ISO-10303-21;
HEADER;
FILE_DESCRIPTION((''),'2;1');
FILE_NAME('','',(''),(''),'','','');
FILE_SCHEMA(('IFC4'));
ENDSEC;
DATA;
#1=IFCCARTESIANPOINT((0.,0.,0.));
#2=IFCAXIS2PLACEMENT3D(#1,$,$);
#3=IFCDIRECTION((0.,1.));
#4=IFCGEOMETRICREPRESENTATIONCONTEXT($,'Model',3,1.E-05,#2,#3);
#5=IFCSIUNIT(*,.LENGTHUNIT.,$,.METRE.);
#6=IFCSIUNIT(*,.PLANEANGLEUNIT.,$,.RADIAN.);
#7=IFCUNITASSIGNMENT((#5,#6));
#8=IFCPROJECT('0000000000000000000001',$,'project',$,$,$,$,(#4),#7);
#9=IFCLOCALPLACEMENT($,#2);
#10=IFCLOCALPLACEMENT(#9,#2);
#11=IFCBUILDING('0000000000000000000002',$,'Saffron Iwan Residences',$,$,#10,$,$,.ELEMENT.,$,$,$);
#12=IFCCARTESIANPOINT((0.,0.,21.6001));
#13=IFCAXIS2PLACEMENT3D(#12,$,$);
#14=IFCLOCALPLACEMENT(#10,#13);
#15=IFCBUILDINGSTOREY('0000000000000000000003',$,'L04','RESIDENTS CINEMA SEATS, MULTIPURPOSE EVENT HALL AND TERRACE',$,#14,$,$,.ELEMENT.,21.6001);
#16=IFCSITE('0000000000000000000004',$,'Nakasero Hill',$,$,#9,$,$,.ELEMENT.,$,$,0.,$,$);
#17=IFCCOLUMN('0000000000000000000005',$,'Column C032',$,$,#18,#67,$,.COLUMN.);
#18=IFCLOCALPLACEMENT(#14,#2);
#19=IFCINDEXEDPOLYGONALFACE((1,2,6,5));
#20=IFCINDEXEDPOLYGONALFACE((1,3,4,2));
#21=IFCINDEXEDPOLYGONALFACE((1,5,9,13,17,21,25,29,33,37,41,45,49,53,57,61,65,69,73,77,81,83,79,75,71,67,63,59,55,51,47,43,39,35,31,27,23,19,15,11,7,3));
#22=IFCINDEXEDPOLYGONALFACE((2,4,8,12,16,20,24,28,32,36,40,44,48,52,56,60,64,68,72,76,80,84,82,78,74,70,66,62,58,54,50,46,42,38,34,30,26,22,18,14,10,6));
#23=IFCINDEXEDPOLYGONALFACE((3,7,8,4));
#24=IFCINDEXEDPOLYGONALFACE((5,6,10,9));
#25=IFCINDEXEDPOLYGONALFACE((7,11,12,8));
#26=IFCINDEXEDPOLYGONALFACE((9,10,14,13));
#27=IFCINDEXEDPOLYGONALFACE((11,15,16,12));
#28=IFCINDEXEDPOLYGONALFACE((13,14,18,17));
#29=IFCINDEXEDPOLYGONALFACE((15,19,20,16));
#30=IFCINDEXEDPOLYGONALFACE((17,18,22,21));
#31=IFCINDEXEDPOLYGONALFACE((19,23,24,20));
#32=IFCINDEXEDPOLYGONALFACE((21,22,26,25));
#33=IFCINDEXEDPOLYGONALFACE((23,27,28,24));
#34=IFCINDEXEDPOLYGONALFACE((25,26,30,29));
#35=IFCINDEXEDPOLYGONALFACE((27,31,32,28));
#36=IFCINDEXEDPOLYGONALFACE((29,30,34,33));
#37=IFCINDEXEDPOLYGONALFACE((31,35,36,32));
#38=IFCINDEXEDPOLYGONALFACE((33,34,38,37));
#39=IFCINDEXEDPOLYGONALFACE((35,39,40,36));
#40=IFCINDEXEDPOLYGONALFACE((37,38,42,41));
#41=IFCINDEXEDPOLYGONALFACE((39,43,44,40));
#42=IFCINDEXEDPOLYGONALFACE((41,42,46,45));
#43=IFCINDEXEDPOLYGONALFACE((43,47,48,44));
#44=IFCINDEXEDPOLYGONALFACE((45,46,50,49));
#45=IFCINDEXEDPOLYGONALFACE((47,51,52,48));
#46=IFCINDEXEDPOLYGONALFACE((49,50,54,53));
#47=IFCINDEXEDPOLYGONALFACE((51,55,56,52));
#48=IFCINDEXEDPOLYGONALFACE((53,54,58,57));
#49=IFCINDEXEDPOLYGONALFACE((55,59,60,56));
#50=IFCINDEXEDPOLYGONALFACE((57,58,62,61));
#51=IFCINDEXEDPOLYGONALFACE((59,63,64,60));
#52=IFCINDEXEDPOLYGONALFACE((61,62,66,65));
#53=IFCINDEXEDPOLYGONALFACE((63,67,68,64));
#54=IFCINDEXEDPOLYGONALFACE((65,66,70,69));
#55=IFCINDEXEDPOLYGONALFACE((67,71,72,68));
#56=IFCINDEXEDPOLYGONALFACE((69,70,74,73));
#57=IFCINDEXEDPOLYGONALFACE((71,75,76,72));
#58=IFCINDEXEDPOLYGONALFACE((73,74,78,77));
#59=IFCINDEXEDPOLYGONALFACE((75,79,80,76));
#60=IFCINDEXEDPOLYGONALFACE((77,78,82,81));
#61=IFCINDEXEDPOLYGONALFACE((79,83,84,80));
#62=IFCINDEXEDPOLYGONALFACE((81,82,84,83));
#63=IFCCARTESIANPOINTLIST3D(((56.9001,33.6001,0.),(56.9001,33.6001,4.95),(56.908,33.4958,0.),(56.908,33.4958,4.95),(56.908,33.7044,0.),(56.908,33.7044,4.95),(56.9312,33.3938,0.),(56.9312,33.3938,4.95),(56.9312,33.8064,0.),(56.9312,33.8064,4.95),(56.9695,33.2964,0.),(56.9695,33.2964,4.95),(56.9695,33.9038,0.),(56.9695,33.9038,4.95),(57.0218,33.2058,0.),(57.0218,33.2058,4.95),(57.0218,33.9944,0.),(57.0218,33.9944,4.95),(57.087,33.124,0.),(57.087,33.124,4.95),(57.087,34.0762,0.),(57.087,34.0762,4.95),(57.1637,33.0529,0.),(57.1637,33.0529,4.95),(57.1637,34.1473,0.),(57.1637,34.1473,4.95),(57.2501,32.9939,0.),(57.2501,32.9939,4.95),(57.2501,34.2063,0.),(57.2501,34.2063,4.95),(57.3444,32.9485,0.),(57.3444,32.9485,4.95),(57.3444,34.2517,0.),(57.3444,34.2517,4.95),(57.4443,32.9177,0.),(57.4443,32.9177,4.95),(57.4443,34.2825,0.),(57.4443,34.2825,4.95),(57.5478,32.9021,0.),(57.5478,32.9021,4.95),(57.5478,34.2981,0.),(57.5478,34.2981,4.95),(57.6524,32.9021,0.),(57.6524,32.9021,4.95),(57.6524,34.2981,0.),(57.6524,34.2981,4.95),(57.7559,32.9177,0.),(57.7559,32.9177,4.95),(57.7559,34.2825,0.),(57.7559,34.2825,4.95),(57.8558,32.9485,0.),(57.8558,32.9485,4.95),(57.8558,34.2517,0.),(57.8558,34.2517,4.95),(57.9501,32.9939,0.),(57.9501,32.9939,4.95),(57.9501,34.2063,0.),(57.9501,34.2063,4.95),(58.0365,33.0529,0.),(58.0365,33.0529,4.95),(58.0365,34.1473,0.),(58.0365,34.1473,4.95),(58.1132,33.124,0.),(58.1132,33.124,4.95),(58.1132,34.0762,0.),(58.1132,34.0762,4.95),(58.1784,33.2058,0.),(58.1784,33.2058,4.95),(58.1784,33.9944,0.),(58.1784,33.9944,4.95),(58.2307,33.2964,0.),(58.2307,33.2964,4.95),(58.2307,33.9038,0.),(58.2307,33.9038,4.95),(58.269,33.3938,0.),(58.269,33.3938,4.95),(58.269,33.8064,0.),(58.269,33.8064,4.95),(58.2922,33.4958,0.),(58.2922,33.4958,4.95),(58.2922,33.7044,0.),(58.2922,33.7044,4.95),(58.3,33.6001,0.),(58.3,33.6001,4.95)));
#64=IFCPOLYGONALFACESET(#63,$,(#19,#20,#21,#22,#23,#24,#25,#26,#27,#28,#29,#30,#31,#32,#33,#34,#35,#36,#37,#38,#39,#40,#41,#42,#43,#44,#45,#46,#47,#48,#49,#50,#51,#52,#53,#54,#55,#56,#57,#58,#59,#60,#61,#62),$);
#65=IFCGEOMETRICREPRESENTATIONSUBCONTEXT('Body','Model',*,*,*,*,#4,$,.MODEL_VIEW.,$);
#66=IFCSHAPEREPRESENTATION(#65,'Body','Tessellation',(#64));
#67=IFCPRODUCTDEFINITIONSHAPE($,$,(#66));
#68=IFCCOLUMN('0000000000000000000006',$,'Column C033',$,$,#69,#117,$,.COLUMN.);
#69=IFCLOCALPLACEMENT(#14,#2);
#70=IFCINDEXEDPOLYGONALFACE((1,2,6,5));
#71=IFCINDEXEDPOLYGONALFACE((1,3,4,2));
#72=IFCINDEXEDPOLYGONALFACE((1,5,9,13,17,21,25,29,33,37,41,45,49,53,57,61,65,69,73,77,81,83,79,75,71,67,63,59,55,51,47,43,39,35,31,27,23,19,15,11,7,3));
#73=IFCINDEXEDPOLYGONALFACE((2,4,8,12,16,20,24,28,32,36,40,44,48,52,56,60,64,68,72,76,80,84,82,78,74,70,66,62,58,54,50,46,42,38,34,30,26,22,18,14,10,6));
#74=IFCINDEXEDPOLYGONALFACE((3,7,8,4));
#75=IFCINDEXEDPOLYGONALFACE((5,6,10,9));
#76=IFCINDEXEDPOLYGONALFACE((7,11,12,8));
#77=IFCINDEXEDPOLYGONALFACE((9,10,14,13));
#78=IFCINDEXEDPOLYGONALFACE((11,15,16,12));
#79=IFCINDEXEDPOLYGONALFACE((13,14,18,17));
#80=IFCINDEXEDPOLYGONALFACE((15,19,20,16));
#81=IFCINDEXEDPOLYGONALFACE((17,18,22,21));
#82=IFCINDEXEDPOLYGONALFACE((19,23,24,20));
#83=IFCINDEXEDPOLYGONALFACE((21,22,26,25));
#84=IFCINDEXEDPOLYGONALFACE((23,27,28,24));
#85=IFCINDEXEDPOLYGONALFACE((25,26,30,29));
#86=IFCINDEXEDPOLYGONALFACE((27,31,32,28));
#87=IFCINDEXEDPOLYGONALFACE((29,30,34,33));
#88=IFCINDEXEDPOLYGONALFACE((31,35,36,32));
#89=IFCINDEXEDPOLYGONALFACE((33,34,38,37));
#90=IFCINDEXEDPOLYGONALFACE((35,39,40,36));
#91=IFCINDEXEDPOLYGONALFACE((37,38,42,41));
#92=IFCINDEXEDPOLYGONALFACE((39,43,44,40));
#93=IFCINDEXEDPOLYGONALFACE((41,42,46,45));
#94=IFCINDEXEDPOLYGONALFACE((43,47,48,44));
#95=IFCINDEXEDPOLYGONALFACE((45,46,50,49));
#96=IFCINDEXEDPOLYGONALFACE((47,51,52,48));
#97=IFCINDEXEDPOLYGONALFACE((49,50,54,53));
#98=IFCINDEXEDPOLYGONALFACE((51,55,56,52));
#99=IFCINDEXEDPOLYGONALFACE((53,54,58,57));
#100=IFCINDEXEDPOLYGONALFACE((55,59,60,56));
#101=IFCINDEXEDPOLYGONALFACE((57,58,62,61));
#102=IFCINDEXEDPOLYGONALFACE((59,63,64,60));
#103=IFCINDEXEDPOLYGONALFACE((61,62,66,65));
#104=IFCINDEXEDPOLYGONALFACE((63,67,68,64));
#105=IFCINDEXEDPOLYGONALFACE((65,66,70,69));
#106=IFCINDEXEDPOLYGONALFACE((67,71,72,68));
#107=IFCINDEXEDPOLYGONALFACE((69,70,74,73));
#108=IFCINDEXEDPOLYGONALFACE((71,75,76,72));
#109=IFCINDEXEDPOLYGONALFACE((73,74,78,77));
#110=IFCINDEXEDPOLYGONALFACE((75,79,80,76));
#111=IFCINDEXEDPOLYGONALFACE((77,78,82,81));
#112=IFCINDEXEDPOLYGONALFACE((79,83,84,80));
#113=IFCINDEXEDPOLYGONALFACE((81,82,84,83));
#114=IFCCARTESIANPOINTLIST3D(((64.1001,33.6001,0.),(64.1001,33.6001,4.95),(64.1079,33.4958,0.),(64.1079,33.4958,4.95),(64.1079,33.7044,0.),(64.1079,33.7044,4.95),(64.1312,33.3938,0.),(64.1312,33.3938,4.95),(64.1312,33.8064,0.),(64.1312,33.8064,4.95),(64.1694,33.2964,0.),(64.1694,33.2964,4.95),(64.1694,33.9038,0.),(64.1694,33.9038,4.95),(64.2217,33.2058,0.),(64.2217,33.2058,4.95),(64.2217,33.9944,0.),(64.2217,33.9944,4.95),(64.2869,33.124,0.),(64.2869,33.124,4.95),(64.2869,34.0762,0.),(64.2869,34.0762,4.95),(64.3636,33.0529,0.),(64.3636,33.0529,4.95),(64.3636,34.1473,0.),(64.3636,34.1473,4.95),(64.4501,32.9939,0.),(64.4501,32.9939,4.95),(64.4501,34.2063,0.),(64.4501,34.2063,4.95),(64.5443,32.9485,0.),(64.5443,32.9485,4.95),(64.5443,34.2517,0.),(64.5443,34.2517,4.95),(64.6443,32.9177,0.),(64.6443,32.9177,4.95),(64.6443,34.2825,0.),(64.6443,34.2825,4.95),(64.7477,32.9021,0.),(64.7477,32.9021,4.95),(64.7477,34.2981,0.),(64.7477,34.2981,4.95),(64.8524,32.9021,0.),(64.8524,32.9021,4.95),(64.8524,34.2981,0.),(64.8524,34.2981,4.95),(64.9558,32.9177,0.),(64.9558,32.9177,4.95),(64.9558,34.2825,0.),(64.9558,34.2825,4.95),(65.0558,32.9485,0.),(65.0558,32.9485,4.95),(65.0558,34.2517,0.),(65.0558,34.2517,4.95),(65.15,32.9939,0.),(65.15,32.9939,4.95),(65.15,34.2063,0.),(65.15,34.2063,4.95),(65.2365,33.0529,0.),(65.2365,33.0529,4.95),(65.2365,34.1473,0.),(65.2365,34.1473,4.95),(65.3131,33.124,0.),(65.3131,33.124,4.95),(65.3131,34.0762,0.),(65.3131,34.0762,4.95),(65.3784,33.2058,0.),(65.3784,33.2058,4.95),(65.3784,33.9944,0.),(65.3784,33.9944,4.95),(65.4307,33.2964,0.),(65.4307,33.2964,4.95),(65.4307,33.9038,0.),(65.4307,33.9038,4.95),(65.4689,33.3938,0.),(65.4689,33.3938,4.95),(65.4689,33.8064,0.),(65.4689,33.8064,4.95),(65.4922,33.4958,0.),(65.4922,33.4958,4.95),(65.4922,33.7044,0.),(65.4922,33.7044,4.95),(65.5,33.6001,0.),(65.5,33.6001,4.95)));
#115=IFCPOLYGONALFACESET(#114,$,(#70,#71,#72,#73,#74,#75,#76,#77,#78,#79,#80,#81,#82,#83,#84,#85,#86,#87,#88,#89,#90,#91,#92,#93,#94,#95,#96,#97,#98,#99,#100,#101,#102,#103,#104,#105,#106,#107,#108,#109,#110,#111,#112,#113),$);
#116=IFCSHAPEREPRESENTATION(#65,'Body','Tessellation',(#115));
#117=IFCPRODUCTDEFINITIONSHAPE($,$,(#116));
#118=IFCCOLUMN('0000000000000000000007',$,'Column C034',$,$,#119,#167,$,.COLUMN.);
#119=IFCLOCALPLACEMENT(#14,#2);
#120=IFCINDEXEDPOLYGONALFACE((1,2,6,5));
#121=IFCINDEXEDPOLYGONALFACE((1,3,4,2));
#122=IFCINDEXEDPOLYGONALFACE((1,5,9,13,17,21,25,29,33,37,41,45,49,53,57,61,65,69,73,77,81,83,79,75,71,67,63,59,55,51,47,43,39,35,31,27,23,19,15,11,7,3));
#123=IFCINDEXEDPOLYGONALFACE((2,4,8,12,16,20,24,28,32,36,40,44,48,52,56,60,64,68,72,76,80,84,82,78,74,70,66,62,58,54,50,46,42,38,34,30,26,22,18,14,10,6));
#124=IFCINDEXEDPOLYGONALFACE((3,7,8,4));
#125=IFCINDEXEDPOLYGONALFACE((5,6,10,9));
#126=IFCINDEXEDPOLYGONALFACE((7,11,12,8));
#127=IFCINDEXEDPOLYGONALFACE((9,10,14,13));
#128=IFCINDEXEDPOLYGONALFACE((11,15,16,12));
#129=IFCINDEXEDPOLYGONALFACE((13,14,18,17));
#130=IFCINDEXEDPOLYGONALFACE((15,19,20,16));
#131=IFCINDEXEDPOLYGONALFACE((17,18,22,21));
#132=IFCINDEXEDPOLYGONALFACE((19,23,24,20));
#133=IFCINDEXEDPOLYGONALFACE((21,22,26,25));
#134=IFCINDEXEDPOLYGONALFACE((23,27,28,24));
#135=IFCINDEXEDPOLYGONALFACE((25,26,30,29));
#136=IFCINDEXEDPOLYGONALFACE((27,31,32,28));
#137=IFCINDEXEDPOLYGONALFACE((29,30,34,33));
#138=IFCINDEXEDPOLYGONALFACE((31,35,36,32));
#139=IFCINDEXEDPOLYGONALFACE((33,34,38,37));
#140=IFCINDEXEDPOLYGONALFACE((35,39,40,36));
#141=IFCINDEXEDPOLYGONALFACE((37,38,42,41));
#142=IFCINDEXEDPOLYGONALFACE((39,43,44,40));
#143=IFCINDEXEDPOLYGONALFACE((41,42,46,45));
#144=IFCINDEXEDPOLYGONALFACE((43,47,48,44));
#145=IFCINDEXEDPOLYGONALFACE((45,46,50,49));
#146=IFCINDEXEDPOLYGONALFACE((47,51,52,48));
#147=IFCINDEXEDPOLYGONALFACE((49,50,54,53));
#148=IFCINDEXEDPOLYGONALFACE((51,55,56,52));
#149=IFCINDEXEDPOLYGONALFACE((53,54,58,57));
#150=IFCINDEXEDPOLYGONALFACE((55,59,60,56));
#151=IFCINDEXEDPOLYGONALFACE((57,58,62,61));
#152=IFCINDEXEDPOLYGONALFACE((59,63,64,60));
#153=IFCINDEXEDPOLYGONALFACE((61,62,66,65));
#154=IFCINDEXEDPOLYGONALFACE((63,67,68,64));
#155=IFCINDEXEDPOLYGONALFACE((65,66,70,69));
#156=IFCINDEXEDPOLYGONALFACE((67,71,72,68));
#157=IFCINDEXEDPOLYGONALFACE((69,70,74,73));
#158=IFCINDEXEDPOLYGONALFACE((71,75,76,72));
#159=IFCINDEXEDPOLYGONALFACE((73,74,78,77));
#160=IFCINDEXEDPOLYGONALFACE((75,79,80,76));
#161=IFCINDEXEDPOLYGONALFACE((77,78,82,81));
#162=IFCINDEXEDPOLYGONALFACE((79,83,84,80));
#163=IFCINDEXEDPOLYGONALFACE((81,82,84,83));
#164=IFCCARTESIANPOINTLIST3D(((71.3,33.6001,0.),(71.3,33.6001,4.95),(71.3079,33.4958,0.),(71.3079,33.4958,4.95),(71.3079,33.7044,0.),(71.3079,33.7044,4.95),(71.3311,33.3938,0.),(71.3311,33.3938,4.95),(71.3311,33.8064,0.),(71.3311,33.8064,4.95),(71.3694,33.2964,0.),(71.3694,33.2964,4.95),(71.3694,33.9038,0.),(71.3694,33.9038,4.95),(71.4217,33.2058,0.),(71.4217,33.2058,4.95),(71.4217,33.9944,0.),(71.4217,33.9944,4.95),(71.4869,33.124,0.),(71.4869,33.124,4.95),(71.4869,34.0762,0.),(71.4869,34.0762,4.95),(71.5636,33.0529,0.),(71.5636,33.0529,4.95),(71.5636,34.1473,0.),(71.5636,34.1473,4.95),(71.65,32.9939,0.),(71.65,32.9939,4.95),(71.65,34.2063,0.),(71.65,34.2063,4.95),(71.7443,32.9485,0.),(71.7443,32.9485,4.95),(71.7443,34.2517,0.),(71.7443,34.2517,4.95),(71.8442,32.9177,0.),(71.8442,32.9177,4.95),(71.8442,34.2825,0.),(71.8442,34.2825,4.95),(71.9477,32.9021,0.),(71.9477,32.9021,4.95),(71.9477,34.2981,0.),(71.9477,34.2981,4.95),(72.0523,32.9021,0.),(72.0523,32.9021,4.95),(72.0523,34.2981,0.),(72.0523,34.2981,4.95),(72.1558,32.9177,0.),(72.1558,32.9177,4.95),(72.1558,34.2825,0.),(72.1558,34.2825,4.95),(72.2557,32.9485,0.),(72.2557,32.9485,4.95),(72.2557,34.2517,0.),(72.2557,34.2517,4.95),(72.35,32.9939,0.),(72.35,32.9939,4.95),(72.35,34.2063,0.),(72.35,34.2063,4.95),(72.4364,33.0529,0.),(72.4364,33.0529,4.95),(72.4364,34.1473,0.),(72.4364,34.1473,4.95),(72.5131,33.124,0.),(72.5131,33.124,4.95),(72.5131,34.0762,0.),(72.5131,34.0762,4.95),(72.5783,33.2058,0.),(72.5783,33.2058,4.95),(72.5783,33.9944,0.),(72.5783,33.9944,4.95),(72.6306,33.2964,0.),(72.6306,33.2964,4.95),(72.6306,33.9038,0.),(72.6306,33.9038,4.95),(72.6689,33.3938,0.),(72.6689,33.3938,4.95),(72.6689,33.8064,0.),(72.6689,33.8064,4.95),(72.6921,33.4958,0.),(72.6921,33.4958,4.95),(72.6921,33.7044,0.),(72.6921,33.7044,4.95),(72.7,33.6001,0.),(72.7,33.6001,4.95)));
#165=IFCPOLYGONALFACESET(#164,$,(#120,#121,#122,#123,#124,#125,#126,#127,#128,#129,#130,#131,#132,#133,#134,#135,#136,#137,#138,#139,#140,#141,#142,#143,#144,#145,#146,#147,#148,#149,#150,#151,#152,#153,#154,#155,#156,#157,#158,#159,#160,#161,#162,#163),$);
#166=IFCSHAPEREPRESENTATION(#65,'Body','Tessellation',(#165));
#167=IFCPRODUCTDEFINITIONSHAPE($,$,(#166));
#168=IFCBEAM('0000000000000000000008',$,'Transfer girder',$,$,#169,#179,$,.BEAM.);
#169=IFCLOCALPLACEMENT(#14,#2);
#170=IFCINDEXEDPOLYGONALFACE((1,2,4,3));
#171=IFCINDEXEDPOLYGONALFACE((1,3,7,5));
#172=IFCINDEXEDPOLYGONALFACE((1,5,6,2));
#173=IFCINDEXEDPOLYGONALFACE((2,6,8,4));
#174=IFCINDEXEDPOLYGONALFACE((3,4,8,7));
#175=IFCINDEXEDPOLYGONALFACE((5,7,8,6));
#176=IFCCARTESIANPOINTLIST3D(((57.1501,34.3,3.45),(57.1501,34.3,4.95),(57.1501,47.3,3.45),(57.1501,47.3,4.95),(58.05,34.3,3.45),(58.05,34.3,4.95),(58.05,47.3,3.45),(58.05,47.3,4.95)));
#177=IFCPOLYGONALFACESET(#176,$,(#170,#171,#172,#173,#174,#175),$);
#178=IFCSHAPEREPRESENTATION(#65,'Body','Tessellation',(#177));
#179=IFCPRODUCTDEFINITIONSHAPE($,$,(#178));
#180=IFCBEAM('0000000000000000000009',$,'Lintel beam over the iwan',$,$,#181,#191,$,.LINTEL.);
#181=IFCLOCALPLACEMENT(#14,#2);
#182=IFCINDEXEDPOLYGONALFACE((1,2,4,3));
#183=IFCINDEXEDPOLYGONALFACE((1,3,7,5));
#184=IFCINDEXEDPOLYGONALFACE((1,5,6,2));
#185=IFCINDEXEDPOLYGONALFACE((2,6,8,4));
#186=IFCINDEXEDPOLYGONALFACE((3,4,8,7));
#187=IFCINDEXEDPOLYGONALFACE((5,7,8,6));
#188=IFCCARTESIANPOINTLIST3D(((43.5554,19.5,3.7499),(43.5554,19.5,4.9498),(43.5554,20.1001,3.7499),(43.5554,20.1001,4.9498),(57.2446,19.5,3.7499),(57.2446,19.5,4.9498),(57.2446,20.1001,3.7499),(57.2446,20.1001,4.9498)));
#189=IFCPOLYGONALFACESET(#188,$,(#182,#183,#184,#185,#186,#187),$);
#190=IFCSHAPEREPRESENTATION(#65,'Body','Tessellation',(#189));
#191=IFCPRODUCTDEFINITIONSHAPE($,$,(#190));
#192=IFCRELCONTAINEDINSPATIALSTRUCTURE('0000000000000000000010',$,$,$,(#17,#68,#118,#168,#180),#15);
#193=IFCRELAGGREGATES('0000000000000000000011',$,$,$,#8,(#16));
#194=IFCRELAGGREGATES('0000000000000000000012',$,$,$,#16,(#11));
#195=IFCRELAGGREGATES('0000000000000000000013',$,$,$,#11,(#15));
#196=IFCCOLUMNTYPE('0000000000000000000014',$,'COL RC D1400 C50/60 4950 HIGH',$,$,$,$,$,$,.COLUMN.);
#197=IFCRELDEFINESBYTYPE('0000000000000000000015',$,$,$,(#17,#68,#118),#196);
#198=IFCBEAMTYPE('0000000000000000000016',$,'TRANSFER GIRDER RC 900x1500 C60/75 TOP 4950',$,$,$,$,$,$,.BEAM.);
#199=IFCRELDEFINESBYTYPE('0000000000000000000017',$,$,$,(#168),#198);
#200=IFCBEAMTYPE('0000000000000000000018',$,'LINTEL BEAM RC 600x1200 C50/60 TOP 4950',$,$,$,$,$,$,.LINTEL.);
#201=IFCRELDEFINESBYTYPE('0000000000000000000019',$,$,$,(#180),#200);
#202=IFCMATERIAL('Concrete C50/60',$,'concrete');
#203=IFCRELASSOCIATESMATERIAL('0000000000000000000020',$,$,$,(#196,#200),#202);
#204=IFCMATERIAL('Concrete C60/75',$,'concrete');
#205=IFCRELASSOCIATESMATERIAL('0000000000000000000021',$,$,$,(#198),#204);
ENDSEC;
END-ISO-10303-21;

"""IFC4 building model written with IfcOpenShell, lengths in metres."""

from ifc_helpers import new_model, si_unit, direction, frame, origin, origin_2d, place, context, subcontext, project, spatial, rectangle, circle, extrude, source, transform, mapped, material, material_profile, profile_set, type_object, element, save


model = new_model("IFC4")

# Units and contexts
model_context = context("Model", 3, precision=1e-05, world=origin(), true_north=direction((0.0, 1.0)))
body_context = subcontext(model_context, "Body", "Model", "MODEL_VIEW")
ifc_project = project(units=[si_unit("LENGTHUNIT", "METRE"), si_unit("PLANEANGLEUNIT", "RADIAN")], contexts=[model_context])

# Site, building, storey
site_placement = place(None, origin())
site = spatial("IfcSite", under=ifc_project, at=site_placement, Name="Nakasero Hill", CompositionType="ELEMENT", RefElevation=0.0)
building_placement = place(site_placement, origin())
building = spatial("IfcBuilding", under=site, at=building_placement, Name="Saffron Iwan Residences", CompositionType="ELEMENT")
storey_placement = place(building_placement, frame((0.0, 0.0, 21.6001)))
storey = spatial("IfcBuildingStorey", under=building, at=storey_placement, Name="L04", Description="RESIDENTS CINEMA SEATS, MULTIPURPOSE EVENT HALL AND TERRACE", CompositionType="ELEMENT", Elevation=21.6001)

# Columns
ifc_material_1 = material(Name="Concrete C50/60", Category="concrete")
ifc_material_profile_1 = material_profile(ifc_material_1, circle(Radius=0.7, at=origin_2d()), Name="RC D1400")
ifc_profile_set_1 = profile_set([ifc_material_profile_1], Name="Concrete C50/60")
column_type = type_object("IfcColumnType", Name="COL RC D1400 C50/60 4950 HIGH", PredefinedType="COLUMN", material=ifc_profile_set_1)
shared_shape_1 = source(origin(), body_context, "Body", "SweptSolid", [
    extrude(circle(Radius=0.7, at=origin_2d()), origin(), (0.0, 0.0, 1.0), 4.95),
])
for number, where, z_axis, x_axis, name in (
    (1, (57.6001, 33.6001, 0.0), (0.0, 0.0, 1.0), (1.0, 0.0, 0.0), "Column C032"),
    (2, (64.8, 33.6001, 0.0), (0.0, 0.0, 1.0), (1.0, 0.0, 0.0), "Column C033"),
    (3, (72.0, 33.6001, 0.0), (0.0, 0.0, 1.0), (1.0, 0.0, 0.0), "Column C034"),
):
    element("IfcColumn", number, at=place(storey_placement, frame(where, z_axis=z_axis, x_axis=x_axis)), inside=storey, type_object=column_type, Name=name, PredefinedType="COLUMN", context=body_context, shape_type="MappedRepresentation", body=[
        mapped(shared_shape_1, transform((0.0, 0.0, 0.0))),
    ])

# Beams
ifc_material_2 = material(Name="Concrete C60/75", Category="concrete")
ifc_material_profile_2 = material_profile(ifc_material_2, rectangle(XDim=0.8999, YDim=1.5, at=origin_2d()), Name="RC 900x1500")
ifc_profile_set_2 = profile_set([ifc_material_profile_2], Name="Concrete C60/75")
beam_type_1 = type_object("IfcBeamType", Name="TRANSFER GIRDER RC 900x1500 C60/75 TOP 4950", PredefinedType="BEAM", material=ifc_profile_set_2)
shared_shape_2 = source(origin(), body_context, "Body", "SweptSolid", [
    extrude(rectangle(XDim=0.8999, YDim=1.5, at=origin_2d()), origin(), (0.0, 0.0, 1.0), 13.0),
])
beam_1_placement = place(storey_placement, frame((57.6001, 34.3, 4.2), z_axis=(0.0, 1.0, 0.0), x_axis=(-1.0, 0.0, 0.0)))
element("IfcBeam", 4, at=beam_1_placement, inside=storey, type_object=beam_type_1, Name="Transfer girder", PredefinedType="BEAM", context=body_context, shape_type="MappedRepresentation", body=[
    mapped(shared_shape_2, transform((0.0, 0.0, 0.0))),
])
ifc_material_profile_3 = material_profile(ifc_material_1, rectangle(XDim=0.6001, YDim=1.2, at=origin_2d()), Name="RC 600x1200")
ifc_profile_set_3 = profile_set([ifc_material_profile_3], Name="Concrete C50/60")
beam_type_2 = type_object("IfcBeamType", Name="LINTEL BEAM RC 600x1200 C50/60 TOP 4950", PredefinedType="LINTEL", material=ifc_profile_set_3)
shared_shape_3 = source(origin(), body_context, "Body", "SweptSolid", [
    extrude(rectangle(XDim=0.6001, YDim=1.2, at=origin_2d()), origin(), (0.0, 0.0, 1.0), 13.6892),
])
beam_2_placement = place(storey_placement, frame((57.2446, 19.8, 4.3499), z_axis=(-1.0, 0.0, 0.0), x_axis=(0.0, -1.0, 0.0)))
element("IfcBeam", 5, at=beam_2_placement, inside=storey, type_object=beam_type_2, Name="Lintel beam over the iwan", PredefinedType="LINTEL", context=body_context, shape_type="MappedRepresentation", body=[
    mapped(shared_shape_3, transform((0.0, 0.0, 0.0))),
])

save(model, "model.ifc")
